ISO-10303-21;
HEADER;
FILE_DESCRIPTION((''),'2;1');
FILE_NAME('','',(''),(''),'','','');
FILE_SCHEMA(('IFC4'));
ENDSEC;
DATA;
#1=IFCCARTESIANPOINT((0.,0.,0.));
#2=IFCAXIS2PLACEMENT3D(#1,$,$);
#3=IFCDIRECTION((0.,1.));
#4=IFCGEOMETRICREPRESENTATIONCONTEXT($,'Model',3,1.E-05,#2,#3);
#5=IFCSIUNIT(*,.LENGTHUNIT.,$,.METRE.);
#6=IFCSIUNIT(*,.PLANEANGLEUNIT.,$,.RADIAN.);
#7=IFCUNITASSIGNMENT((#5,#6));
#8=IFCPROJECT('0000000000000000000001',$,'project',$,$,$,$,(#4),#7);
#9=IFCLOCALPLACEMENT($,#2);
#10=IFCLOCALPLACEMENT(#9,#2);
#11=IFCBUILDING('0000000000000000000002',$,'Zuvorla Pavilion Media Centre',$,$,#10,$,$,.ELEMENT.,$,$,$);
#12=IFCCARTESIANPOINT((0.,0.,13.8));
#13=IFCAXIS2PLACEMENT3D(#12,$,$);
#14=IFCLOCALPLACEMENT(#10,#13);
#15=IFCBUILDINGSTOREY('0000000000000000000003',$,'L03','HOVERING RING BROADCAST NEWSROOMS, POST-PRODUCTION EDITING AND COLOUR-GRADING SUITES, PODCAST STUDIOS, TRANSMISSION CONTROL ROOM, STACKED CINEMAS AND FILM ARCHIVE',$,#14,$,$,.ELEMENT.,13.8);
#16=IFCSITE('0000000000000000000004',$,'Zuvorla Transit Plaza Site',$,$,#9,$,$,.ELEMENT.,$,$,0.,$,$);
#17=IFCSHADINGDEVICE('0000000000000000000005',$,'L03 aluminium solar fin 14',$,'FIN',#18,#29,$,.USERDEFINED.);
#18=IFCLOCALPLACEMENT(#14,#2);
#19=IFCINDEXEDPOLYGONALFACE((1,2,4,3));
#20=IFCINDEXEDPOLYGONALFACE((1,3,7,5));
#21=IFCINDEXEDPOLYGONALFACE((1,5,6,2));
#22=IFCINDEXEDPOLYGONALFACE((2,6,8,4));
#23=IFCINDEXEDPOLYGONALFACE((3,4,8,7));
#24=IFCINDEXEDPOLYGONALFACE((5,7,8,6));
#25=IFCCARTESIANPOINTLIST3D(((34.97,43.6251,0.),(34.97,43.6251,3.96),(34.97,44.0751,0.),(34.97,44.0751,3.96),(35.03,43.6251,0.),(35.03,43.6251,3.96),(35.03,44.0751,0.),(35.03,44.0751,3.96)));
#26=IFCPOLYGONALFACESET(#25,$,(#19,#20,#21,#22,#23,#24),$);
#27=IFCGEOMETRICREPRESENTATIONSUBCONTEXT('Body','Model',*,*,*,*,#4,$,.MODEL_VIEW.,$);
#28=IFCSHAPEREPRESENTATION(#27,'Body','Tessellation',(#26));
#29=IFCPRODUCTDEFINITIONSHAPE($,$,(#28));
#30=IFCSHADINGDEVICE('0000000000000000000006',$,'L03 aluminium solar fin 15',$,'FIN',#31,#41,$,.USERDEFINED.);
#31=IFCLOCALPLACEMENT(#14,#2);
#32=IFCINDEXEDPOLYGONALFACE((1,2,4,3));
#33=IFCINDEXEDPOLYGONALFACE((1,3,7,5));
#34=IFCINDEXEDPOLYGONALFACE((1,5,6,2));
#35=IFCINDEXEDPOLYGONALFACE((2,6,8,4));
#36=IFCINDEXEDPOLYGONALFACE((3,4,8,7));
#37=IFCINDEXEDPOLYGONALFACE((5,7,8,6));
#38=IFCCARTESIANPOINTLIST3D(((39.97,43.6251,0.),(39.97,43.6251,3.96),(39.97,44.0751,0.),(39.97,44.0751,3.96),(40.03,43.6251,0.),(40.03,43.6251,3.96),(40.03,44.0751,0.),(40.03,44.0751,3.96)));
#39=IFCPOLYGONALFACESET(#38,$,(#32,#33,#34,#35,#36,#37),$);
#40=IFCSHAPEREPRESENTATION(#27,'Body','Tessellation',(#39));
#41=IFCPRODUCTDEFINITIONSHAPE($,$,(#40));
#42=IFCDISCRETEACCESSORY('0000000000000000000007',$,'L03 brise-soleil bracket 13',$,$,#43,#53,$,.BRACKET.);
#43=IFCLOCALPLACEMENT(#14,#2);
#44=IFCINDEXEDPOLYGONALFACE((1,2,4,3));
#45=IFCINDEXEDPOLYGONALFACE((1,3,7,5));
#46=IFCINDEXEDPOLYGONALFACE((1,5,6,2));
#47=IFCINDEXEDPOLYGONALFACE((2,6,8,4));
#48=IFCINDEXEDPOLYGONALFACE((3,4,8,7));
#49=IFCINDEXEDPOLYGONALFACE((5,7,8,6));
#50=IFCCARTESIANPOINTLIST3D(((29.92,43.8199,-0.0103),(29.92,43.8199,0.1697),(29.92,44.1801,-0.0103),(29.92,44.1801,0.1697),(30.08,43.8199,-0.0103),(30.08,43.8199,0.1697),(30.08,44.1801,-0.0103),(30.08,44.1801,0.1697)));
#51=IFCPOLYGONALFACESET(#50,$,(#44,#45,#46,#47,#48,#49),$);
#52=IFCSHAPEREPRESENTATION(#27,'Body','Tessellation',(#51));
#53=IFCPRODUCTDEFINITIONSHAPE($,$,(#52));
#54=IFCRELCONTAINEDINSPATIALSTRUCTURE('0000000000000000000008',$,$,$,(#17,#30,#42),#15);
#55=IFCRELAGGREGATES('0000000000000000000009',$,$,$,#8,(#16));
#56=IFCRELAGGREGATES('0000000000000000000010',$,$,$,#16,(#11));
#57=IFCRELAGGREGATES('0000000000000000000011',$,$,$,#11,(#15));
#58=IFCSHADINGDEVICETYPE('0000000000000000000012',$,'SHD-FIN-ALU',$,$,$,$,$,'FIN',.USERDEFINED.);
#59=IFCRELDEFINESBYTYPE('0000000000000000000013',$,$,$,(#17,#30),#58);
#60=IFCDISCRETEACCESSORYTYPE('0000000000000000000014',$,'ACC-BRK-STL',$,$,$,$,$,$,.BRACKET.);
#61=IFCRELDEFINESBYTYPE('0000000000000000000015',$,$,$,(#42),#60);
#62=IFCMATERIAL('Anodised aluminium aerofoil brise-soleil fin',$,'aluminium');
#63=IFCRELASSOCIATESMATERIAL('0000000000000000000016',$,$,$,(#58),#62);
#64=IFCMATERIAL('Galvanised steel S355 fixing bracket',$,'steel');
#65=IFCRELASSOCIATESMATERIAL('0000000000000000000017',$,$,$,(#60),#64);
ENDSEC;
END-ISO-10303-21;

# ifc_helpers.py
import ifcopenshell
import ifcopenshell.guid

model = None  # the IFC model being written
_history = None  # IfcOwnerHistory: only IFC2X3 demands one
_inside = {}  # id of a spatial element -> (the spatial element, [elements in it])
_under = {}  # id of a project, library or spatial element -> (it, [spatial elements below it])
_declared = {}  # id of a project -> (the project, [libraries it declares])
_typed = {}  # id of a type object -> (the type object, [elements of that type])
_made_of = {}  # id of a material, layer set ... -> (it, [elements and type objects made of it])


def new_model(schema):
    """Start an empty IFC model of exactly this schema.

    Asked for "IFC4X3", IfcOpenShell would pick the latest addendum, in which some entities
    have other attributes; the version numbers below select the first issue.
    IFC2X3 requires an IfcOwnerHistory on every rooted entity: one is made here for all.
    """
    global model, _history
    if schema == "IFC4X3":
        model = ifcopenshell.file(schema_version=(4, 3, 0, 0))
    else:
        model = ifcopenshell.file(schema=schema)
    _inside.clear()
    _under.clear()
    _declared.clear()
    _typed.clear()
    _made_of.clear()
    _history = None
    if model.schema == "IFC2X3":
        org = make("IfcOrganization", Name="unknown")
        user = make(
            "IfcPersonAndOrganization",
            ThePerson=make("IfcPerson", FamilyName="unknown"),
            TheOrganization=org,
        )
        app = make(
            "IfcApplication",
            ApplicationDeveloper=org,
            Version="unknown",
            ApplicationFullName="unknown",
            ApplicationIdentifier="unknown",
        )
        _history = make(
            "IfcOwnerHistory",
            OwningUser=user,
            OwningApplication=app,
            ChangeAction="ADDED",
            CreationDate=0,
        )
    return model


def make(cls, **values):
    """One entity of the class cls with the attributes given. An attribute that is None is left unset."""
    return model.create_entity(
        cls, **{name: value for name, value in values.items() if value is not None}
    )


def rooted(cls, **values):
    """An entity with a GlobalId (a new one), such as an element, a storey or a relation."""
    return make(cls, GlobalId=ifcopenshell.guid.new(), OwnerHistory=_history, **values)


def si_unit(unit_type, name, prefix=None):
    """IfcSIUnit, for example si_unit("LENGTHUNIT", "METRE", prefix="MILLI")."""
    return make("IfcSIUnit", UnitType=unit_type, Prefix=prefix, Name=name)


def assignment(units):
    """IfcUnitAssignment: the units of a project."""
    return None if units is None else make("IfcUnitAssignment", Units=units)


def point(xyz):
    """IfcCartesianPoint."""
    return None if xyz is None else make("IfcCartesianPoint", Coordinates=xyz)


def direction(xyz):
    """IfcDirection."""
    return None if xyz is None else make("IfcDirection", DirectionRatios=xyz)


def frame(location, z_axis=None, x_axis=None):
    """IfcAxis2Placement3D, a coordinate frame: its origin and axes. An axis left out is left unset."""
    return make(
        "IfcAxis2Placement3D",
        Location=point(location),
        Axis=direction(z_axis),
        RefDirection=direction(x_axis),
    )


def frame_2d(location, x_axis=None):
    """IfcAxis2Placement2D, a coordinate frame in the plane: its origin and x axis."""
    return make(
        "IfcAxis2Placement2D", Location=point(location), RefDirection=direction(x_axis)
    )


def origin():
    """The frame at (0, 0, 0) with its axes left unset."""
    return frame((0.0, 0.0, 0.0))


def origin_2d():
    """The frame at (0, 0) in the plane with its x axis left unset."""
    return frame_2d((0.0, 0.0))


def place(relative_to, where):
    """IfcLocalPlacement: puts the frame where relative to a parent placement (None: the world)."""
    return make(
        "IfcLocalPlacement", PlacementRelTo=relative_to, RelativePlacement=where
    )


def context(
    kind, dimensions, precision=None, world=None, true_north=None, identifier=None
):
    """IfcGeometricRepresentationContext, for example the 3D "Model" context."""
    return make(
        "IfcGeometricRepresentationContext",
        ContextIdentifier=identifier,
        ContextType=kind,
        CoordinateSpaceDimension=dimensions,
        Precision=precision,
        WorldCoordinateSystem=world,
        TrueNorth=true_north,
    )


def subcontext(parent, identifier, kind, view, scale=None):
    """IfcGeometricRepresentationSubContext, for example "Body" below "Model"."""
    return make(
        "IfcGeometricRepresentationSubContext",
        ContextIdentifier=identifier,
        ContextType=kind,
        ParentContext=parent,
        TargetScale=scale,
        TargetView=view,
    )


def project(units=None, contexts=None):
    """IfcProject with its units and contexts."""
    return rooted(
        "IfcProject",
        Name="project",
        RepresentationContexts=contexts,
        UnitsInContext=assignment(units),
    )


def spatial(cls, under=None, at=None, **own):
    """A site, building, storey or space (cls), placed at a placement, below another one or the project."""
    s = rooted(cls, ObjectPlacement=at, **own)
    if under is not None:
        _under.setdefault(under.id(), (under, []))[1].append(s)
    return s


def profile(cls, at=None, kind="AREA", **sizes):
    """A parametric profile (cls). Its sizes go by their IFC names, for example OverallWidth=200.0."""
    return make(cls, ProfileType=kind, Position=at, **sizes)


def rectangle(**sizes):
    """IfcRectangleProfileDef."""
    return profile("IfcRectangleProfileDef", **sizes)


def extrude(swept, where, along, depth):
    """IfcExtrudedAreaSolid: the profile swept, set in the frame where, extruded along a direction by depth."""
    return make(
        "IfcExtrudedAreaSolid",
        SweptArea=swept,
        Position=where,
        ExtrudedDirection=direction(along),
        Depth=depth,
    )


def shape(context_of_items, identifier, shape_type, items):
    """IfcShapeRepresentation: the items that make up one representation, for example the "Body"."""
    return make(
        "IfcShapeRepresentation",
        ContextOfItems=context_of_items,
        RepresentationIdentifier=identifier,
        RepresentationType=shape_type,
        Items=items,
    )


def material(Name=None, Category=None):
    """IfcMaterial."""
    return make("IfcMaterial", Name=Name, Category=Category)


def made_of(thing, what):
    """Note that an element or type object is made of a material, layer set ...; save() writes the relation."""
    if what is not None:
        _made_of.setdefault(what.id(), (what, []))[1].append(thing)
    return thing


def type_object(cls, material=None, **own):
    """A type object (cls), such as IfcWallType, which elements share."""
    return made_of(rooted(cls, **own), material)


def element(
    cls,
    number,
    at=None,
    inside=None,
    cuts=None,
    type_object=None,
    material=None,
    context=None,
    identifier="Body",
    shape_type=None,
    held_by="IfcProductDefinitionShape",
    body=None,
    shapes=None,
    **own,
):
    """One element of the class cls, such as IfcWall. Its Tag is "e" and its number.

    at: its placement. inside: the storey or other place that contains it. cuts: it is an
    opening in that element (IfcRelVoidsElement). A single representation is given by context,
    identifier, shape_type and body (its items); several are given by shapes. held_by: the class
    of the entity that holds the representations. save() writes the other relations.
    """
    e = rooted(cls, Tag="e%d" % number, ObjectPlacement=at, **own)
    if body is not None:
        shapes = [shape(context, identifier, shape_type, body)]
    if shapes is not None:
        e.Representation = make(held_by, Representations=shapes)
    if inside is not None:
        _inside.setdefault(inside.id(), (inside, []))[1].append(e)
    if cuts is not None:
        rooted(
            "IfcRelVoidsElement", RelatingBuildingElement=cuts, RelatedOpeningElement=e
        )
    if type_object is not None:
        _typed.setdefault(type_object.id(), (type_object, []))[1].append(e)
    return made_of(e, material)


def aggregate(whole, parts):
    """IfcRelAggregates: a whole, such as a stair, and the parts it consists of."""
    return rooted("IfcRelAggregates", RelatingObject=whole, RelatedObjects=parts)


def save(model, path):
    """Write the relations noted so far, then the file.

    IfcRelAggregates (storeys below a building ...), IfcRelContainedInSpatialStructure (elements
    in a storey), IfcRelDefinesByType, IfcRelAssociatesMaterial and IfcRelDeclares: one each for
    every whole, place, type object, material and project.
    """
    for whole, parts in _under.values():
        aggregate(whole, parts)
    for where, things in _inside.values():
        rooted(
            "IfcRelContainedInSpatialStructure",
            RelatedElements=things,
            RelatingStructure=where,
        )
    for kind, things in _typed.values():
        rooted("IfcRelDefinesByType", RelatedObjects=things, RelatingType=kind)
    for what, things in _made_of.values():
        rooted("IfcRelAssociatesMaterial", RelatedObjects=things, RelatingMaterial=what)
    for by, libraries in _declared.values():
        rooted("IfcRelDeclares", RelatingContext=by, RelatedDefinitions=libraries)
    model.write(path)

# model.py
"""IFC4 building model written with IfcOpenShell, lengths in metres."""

from ifc_helpers import new_model, si_unit, direction, frame, origin, origin_2d, place, context, subcontext, project, spatial, rectangle, extrude, material, type_object, element, save


model = new_model("IFC4")

# Units and contexts
model_context = context("Model", 3, precision=1e-05, world=origin(), true_north=direction((0.0, 1.0)))
body_context = subcontext(model_context, "Body", "Model", "MODEL_VIEW")
ifc_project = project(units=[si_unit("LENGTHUNIT", "METRE"), si_unit("PLANEANGLEUNIT", "RADIAN")], contexts=[model_context])

# Site, building, storey
site_placement = place(None, origin())
site = spatial("IfcSite", under=ifc_project, at=site_placement, Name="Zuvorla Transit Plaza Site", CompositionType="ELEMENT", RefElevation=0.0)
building_placement = place(site_placement, origin())
building = spatial("IfcBuilding", under=site, at=building_placement, Name="Zuvorla Pavilion Media Centre", CompositionType="ELEMENT")
storey_placement = place(building_placement, frame((0.0, 0.0, 13.8)))
storey = spatial("IfcBuildingStorey", under=building, at=storey_placement, Name="L03", Description="HOVERING RING BROADCAST NEWSROOMS, POST-PRODUCTION EDITING AND COLOUR-GRADING SUITES, PODCAST STUDIOS, TRANSMISSION CONTROL ROOM, STACKED CINEMAS AND FILM ARCHIVE", CompositionType="ELEMENT", Elevation=13.8)

# Shading devices
ifc_material_1 = material(Name="Anodised aluminium aerofoil brise-soleil fin", Category="aluminium")
shading_device_type = type_object("IfcShadingDeviceType", Name="SHD-FIN-ALU", ElementType="FIN", PredefinedType="USERDEFINED", material=ifc_material_1)
for number, where, z_axis, x_axis, name in (
    (1, (35.0, 43.8501, 0.0), (0.0, 0.0, 1.0), (1.0, 0.0, 0.0), "L03 aluminium solar fin 14"),
    (2, (40.0, 43.8501, 0.0), (0.0, 0.0, 1.0), (1.0, 0.0, 0.0), "L03 aluminium solar fin 15"),
):
    element("IfcShadingDevice", number, at=place(storey_placement, frame(where, z_axis=z_axis, x_axis=x_axis)), inside=storey, type_object=shading_device_type, Name=name, ObjectType="FIN", PredefinedType="USERDEFINED", context=body_context, shape_type="SweptSolid", body=[
        extrude(rectangle(XDim=0.0601, YDim=0.45, at=origin_2d()), origin(), (0.0, 0.0, 1.0), 3.96),
    ])

# Discrete accessory
ifc_material_2 = material(Name="Galvanised steel S355 fixing bracket", Category="steel")
discrete_accessory_type = type_object("IfcDiscreteAccessoryType", Name="ACC-BRK-STL", PredefinedType="BRACKET", material=ifc_material_2)
discrete_accessory_placement = place(storey_placement, frame((30.0, 44.0, -0.0103), z_axis=(0.0, 0.0, 1.0), x_axis=(1.0, 0.0, 0.0)))
element("IfcDiscreteAccessory", 3, at=discrete_accessory_placement, inside=storey, type_object=discrete_accessory_type, Name="L03 brise-soleil bracket 13", PredefinedType="BRACKET", context=body_context, shape_type="SweptSolid", body=[
    extrude(rectangle(XDim=0.1599, YDim=0.3601, at=origin_2d()), origin(), (0.0, 0.0, 1.0), 0.1799),
])

save(model, "model.ifc")
